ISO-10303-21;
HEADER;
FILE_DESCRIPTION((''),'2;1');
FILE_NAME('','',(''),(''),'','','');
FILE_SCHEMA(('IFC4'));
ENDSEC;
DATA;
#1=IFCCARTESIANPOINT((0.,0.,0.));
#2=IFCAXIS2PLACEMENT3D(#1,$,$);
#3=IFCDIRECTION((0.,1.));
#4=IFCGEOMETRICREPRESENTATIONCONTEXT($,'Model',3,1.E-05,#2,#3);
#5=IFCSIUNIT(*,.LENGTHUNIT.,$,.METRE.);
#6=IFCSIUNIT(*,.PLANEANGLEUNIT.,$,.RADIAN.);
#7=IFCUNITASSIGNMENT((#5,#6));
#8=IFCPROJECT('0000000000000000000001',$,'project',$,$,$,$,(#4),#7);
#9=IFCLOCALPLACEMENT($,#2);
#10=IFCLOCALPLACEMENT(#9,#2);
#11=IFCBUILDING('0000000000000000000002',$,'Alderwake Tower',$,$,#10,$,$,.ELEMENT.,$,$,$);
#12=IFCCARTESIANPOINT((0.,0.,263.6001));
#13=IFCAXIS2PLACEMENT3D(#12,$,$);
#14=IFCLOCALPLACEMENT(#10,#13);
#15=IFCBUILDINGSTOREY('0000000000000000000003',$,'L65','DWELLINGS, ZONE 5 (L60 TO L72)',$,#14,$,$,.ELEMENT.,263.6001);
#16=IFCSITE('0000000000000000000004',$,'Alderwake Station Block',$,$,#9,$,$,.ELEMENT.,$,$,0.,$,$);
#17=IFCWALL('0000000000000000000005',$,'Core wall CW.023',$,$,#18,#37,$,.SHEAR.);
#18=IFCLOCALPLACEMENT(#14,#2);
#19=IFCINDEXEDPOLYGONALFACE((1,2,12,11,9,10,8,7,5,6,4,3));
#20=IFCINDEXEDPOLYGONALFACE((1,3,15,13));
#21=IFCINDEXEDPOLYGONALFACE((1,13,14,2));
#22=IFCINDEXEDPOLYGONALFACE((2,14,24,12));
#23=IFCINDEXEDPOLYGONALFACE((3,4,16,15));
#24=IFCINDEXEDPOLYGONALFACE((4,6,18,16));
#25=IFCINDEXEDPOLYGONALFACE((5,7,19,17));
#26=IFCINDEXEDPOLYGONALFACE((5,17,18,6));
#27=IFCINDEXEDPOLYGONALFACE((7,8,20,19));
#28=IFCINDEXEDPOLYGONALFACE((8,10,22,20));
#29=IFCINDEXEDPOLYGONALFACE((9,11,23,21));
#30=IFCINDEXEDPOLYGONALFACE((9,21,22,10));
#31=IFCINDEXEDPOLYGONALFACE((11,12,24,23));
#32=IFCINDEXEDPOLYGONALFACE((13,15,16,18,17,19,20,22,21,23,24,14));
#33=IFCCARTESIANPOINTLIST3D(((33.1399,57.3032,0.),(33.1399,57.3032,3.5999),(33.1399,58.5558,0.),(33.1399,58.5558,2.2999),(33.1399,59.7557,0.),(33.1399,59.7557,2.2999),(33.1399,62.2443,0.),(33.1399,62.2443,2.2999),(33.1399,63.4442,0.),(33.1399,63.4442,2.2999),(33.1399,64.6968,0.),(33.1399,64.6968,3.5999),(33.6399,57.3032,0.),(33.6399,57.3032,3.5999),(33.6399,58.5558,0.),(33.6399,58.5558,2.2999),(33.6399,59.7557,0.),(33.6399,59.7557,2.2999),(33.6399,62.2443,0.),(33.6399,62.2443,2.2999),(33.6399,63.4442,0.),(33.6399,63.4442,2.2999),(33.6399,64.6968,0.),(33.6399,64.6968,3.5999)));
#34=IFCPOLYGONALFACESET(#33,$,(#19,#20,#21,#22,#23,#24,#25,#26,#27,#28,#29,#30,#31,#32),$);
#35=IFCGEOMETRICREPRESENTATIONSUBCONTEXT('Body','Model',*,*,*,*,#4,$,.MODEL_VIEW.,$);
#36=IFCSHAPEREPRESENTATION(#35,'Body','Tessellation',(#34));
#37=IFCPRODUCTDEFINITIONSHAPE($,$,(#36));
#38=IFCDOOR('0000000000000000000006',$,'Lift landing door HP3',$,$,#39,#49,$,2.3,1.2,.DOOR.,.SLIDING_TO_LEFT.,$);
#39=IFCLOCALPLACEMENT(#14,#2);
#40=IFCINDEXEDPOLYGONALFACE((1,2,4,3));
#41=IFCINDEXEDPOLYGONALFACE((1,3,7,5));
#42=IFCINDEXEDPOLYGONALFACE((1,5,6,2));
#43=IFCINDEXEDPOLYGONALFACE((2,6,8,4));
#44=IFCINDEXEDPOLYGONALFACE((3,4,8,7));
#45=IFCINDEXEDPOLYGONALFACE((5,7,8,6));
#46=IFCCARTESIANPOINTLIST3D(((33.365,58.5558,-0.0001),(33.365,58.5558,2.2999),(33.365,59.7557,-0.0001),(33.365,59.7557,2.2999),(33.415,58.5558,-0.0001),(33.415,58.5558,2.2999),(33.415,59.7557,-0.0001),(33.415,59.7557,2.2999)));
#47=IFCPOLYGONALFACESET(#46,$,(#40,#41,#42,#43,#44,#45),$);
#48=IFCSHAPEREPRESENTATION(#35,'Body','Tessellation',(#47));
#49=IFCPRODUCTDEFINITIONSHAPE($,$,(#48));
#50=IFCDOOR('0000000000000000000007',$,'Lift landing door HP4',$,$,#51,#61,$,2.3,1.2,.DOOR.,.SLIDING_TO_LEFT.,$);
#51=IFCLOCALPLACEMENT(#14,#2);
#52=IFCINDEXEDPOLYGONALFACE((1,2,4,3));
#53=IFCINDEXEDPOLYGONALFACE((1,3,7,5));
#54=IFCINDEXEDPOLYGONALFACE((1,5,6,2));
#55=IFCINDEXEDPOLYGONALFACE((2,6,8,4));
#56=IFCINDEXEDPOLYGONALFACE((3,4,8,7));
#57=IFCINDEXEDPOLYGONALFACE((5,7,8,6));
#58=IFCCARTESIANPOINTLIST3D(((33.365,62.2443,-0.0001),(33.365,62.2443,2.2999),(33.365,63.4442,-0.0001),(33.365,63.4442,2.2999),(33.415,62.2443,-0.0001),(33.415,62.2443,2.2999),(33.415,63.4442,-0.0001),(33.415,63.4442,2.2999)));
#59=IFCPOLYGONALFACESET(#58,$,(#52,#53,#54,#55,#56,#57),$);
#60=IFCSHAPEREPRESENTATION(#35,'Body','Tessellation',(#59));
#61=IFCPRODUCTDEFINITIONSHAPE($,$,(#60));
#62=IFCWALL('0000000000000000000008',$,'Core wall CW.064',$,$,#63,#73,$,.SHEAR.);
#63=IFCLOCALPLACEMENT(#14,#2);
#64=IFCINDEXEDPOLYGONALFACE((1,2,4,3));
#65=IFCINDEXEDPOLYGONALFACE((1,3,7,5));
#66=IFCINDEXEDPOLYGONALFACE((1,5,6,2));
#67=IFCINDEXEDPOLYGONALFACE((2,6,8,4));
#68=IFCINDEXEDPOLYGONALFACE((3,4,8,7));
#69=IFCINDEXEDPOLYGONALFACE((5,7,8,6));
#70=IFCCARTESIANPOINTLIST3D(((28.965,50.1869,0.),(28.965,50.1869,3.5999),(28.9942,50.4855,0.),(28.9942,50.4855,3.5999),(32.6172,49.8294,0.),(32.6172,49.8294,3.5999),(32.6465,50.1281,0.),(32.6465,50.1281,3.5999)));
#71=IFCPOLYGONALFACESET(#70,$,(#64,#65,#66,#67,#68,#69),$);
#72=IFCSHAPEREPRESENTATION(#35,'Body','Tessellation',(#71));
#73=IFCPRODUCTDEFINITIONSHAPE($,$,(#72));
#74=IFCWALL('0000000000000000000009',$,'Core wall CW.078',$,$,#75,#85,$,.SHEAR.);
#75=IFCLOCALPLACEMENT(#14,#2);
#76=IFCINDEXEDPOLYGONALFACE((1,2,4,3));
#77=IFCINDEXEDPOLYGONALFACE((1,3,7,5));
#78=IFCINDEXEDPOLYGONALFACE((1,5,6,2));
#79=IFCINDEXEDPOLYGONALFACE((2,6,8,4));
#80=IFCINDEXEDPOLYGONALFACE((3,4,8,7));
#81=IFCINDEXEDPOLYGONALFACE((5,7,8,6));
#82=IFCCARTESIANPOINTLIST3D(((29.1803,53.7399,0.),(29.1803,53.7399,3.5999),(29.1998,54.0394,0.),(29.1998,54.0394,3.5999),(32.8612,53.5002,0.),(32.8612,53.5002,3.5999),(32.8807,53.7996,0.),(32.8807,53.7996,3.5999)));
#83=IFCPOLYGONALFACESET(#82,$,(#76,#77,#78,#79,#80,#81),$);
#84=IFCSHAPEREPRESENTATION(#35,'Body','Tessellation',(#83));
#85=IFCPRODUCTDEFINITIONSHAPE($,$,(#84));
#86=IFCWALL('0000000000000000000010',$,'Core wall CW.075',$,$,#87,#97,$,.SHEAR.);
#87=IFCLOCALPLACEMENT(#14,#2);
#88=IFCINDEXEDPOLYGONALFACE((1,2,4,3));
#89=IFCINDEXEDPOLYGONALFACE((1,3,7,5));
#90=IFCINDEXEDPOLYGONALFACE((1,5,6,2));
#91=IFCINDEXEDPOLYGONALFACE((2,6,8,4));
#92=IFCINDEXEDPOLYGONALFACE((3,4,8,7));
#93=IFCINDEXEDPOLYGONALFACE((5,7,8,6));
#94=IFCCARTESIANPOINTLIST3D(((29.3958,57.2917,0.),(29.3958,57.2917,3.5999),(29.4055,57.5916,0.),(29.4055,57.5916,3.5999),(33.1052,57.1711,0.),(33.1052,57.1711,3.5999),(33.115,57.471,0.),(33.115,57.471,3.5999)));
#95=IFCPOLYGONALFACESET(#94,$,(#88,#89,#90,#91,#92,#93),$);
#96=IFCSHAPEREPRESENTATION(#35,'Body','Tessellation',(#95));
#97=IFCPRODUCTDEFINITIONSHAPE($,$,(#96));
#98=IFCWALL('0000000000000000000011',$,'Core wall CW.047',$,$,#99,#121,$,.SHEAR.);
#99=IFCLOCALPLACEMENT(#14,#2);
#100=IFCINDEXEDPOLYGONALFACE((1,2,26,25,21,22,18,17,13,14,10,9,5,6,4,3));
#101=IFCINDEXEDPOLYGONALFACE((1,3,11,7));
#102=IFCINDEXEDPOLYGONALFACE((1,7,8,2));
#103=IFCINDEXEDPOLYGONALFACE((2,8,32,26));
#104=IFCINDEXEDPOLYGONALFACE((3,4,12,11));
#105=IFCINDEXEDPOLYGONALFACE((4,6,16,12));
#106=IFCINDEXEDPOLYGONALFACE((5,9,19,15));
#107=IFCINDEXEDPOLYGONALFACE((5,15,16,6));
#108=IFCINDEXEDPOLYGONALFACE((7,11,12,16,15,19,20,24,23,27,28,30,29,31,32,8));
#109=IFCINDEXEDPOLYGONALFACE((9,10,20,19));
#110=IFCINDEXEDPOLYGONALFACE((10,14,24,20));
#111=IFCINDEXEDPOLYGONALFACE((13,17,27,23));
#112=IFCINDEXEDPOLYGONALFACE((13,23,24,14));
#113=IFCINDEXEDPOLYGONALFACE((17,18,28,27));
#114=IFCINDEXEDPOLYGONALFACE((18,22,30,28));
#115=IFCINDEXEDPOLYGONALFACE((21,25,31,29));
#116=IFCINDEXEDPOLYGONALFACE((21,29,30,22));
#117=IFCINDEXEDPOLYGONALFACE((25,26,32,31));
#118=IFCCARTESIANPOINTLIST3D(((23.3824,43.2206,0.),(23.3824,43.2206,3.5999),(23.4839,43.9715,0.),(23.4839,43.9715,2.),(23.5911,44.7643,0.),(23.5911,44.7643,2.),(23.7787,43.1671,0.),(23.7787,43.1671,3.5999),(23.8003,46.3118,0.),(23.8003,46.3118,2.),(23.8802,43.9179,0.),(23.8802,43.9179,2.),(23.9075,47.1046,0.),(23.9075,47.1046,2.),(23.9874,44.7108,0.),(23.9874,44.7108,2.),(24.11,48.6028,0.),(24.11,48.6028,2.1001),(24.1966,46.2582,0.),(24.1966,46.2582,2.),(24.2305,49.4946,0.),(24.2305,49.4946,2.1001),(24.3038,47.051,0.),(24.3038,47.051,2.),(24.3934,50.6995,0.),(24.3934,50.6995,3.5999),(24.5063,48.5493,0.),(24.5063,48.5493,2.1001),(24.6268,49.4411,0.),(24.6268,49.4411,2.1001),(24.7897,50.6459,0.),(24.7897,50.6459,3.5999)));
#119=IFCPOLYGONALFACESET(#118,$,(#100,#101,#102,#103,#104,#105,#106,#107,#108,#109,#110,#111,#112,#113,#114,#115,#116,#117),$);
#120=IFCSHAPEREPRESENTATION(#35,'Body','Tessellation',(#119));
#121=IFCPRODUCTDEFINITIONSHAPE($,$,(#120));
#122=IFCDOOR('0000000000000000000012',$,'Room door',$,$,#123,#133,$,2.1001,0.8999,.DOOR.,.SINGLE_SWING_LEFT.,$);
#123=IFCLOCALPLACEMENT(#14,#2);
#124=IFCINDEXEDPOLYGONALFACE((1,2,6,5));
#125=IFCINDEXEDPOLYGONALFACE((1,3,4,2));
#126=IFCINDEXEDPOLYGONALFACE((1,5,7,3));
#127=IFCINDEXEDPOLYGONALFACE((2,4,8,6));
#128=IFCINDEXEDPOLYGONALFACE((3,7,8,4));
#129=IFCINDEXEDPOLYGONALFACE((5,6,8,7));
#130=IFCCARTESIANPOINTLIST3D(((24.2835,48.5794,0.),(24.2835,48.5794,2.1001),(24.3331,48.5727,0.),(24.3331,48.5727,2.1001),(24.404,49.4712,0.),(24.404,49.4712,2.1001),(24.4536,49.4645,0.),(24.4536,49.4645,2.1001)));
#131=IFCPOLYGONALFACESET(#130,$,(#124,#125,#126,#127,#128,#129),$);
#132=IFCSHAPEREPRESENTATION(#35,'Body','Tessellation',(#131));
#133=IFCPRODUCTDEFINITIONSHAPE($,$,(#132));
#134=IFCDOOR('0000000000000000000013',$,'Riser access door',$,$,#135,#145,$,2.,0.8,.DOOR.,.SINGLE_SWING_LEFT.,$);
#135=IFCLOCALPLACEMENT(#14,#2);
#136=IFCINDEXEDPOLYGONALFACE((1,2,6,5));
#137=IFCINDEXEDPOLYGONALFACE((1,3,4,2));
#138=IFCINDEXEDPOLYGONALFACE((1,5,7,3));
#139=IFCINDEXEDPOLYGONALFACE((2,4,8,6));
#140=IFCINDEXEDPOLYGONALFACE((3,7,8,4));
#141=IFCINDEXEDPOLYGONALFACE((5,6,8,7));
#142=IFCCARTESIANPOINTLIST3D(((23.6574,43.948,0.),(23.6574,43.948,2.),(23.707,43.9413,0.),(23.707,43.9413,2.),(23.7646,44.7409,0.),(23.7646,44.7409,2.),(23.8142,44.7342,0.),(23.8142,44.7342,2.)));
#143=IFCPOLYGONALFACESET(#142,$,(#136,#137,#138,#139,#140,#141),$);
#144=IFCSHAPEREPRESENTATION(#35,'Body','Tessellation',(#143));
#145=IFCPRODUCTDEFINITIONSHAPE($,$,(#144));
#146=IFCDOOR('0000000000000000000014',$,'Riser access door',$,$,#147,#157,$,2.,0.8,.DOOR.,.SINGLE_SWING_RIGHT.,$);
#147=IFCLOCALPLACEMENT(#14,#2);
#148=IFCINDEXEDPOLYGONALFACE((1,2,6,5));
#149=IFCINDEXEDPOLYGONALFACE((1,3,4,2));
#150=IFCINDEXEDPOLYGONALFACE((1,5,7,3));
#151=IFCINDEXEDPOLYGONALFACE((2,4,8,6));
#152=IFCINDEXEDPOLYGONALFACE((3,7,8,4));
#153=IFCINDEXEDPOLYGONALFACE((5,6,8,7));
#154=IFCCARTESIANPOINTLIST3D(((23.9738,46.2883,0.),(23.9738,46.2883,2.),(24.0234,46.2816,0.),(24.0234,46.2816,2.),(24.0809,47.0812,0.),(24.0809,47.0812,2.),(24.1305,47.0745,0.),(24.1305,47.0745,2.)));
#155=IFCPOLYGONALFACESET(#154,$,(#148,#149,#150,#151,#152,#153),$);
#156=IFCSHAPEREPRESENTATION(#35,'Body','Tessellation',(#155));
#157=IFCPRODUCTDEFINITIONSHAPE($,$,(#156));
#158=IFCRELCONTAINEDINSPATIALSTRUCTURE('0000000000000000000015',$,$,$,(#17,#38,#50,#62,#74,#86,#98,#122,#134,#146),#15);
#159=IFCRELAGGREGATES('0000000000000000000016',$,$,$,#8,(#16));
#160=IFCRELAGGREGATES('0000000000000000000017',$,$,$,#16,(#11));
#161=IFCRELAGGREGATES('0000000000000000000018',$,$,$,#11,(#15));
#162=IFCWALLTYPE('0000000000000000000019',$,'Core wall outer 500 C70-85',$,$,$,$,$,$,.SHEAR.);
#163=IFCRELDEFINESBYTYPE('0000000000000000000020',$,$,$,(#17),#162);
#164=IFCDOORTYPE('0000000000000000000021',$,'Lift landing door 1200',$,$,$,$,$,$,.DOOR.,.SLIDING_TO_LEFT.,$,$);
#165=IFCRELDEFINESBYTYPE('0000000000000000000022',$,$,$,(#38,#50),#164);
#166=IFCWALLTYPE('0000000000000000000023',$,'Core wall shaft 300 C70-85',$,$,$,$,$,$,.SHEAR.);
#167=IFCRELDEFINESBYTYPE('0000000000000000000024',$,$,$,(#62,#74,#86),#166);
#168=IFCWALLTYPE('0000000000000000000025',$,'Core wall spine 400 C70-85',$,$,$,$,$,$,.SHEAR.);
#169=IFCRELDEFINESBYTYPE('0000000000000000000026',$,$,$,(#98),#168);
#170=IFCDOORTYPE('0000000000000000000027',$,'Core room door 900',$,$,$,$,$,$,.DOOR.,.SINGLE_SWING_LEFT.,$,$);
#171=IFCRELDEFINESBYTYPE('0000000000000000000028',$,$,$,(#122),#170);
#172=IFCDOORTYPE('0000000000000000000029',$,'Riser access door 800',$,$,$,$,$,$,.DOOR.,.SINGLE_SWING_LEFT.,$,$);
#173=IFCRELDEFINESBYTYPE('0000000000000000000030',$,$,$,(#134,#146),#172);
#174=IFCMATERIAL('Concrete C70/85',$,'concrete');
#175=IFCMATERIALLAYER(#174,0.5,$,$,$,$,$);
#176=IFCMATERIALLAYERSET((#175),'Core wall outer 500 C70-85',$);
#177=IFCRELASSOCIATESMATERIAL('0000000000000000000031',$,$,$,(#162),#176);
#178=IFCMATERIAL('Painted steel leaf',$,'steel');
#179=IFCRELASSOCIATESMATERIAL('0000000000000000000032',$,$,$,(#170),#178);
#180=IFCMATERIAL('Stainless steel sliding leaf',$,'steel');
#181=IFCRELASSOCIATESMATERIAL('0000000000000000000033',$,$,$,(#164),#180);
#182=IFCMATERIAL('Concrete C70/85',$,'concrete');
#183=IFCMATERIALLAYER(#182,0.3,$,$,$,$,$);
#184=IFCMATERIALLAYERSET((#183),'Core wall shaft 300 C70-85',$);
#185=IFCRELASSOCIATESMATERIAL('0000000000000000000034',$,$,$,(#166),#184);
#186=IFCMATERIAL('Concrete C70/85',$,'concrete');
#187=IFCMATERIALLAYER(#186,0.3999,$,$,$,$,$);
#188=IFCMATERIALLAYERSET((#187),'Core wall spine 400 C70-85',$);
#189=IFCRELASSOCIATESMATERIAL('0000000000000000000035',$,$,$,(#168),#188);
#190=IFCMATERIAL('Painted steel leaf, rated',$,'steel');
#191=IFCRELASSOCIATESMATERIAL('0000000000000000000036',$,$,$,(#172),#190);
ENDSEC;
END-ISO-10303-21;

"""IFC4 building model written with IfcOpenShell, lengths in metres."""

from ifc_helpers import new_model, si_unit, direction, frame, frame_2d, origin, place, context, subcontext, project, spatial, rectangle, extrude, material, layer, layer_set, type_object, element, fill, save


model = new_model("IFC4")

# Units and contexts
model_context = context("Model", 3, precision=1e-05, world=origin(), true_north=direction((0.0, 1.0)))
body_context = subcontext(model_context, "Body", "Model", "MODEL_VIEW")
ifc_project = project(units=[si_unit("LENGTHUNIT", "METRE"), si_unit("PLANEANGLEUNIT", "RADIAN")], contexts=[model_context])

# Site, building, storey
site_placement = place(None, origin())
site = spatial("IfcSite", under=ifc_project, at=site_placement, Name="Alderwake Station Block", CompositionType="ELEMENT", RefElevation=0.0)
building_placement = place(site_placement, origin())
building = spatial("IfcBuilding", under=site, at=building_placement, Name="Alderwake Tower", CompositionType="ELEMENT")
storey_placement = place(building_placement, frame((0.0, 0.0, 263.6001)))
storey = spatial("IfcBuildingStorey", under=building, at=storey_placement, Name="L65", Description="DWELLINGS, ZONE 5 (L60 TO L72)", CompositionType="ELEMENT", Elevation=263.6001)

# Shared definitions
ifc_material_1 = material(Name="Concrete C70/85", Category="concrete")
ifc_layer_1 = layer(ifc_material_1, 0.5)
ifc_layer_set_1 = layer_set([ifc_layer_1], Name="Core wall outer 500 C70-85")
wall_type_1 = type_object("IfcWallType", Name="Core wall outer 500 C70-85", PredefinedType="SHEAR", material=ifc_layer_set_1)
ifc_material_2 = material(Name="Painted steel leaf", Category="steel")
door_type_1 = type_object("IfcDoorType", Name="Core room door 900", OperationType="SINGLE_SWING_LEFT", PredefinedType="DOOR", material=ifc_material_2)

# Wall, openings, doors
ifc_material_3 = material(Name="Stainless steel sliding leaf", Category="steel")
door_type_2 = type_object("IfcDoorType", Name="Lift landing door 1200", OperationType="SLIDING_TO_LEFT", PredefinedType="DOOR", material=ifc_material_3)
wall_1_placement = place(storey_placement, frame((33.3899, 57.3032, 0.0), z_axis=(0.0, 0.0, 1.0), x_axis=(0.0, 1.0, 0.0)))
wall_1 = element("IfcWall", 1, at=wall_1_placement, inside=storey, type_object=wall_type_1, Name="Core wall CW.023", PredefinedType="SHEAR", context=body_context, shape_type="SweptSolid", body=[
    extrude(rectangle(XDim=7.3936, YDim=0.5, at=frame_2d((3.6968, 0.0))), origin(), (0.0, 0.0, 1.0), 3.5999),
])
opening_1_placement = place(wall_1_placement, frame((1.2524, 0.0, 0.0)))
opening_1 = element("IfcOpeningElement", 2, at=opening_1_placement, cuts=wall_1, PredefinedType="OPENING", context=body_context, shape_type="SweptSolid", body=[
    extrude(rectangle(XDim=1.2, YDim=2.3, at=frame_2d((0.6001, 1.1499))), frame((0.0, 0.26, 0.0), z_axis=(0.0, -1.0, 0.0), x_axis=(1.0, 0.0, 0.0)), (0.0, 0.0, 1.0), 0.52),
])
opening_2_placement = place(wall_1_placement, frame((4.9409, 0.0, 0.0)))
opening_2 = element("IfcOpeningElement", 3, at=opening_2_placement, cuts=wall_1, PredefinedType="OPENING", context=body_context, shape_type="SweptSolid", body=[
    extrude(rectangle(XDim=1.2, YDim=2.3, at=frame_2d((0.6001, 1.1499))), frame((0.0, 0.26, 0.0), z_axis=(0.0, -1.0, 0.0), x_axis=(1.0, 0.0, 0.0)), (0.0, 0.0, 1.0), 0.52),
])
door_1_placement = place(opening_1_placement, origin())
door_1 = element("IfcDoor", 4, at=door_1_placement, inside=storey, type_object=door_type_2, Name="Lift landing door HP3", OperationType="SLIDING_TO_LEFT", OverallHeight=2.3, OverallWidth=1.2, PredefinedType="DOOR", context=body_context, shape_type="SweptSolid", body=[
    extrude(rectangle(XDim=1.2, YDim=2.3, at=frame_2d((0.6001, 1.1499))), frame((0.0, 0.0249, 0.0), z_axis=(0.0, -1.0, 0.0), x_axis=(1.0, 0.0, 0.0)), (0.0, 0.0, 1.0), 0.05),
])
fill(opening_1, door_1)
door_2_placement = place(opening_2_placement, origin())
door_2 = element("IfcDoor", 5, at=door_2_placement, inside=storey, type_object=door_type_2, Name="Lift landing door HP4", OperationType="SLIDING_TO_LEFT", OverallHeight=2.3, OverallWidth=1.2, PredefinedType="DOOR", context=body_context, shape_type="SweptSolid", body=[
    extrude(rectangle(XDim=1.2, YDim=2.3, at=frame_2d((0.6001, 1.1499))), frame((0.0, 0.0249, 0.0), z_axis=(0.0, -1.0, 0.0), x_axis=(1.0, 0.0, 0.0)), (0.0, 0.0, 1.0), 0.05),
])
fill(opening_2, door_2)

# Walls
ifc_material_4 = material(Name="Concrete C70/85", Category="concrete")
ifc_layer_2 = layer(ifc_material_4, 0.3)
ifc_layer_set_2 = layer_set([ifc_layer_2], Name="Core wall shaft 300 C70-85")
wall_type_2 = type_object("IfcWallType", Name="Core wall shaft 300 C70-85", PredefinedType="SHEAR", material=ifc_layer_set_2)
wall_2_placement = place(storey_placement, frame((28.9795, 50.3362, 0.0), z_axis=(0.0, 0.0, 1.0), x_axis=(0.995246, -0.097396, 0.0)))
element("IfcWall", 6, at=wall_2_placement, inside=storey, type_object=wall_type_2, Name="Core wall CW.064", PredefinedType="SHEAR", context=body_context, shape_type="SweptSolid", body=[
    extrude(rectangle(XDim=3.6697, YDim=0.3, at=frame_2d((1.835, 0.0))), origin(), (0.0, 0.0, 1.0), 3.5999),
])
wall_3_placement = place(storey_placement, frame((29.1902, 53.8896, 0.0), z_axis=(0.0, 0.0, 1.0), x_axis=(0.997886, -0.064995, 0.0)))
element("IfcWall", 7, at=wall_3_placement, inside=storey, type_object=wall_type_2, Name="Core wall CW.078", PredefinedType="SHEAR", context=body_context, shape_type="SweptSolid", body=[
    extrude(rectangle(XDim=3.6887, YDim=0.3, at=frame_2d((1.8442, 0.0))), origin(), (0.0, 0.0, 1.0), 3.5999),
])
wall_4_placement = place(storey_placement, frame((29.4006, 57.4417, 0.0), z_axis=(0.0, 0.0, 1.0), x_axis=(0.999472, -0.032496, 0.0)))
element("IfcWall", 8, at=wall_4_placement, inside=storey, type_object=wall_type_2, Name="Core wall CW.075", PredefinedType="SHEAR", context=body_context, shape_type="SweptSolid", body=[
    extrude(rectangle(XDim=3.7114, YDim=0.3, at=frame_2d((1.8557, 0.0))), origin(), (0.0, 0.0, 1.0), 3.5999),
])

# Wall, openings, doors
ifc_material_5 = material(Name="Concrete C70/85", Category="concrete")
ifc_layer_3 = layer(ifc_material_5, 0.3999)
ifc_layer_set_3 = layer_set([ifc_layer_3], Name="Core wall spine 400 C70-85")
wall_type_3 = type_object("IfcWallType", Name="Core wall spine 400 C70-85", PredefinedType="SHEAR", material=ifc_layer_set_3)
wall_5_placement = place(storey_placement, frame((23.5806, 43.1938, 0.0), z_axis=(0.0, 0.0, 1.0), x_axis=(0.133963, 0.990986, 0.0)))
wall_5 = element("IfcWall", 9, at=wall_5_placement, inside=storey, type_object=wall_type_3, Name="Core wall CW.047", PredefinedType="SHEAR", context=body_context, shape_type="SweptSolid", body=[
    extrude(rectangle(XDim=7.5469, YDim=0.3999, at=frame_2d((3.7734, 0.0))), origin(), (0.0, 0.0, 1.0), 3.5999),
])
opening_3_placement = place(wall_5_placement, frame((0.7578, 0.0, 0.0)))
opening_3 = element("IfcOpeningElement", 10, at=opening_3_placement, cuts=wall_5, PredefinedType="OPENING", context=body_context, shape_type="SweptSolid", body=[
    extrude(rectangle(XDim=0.8, YDim=2.0, at=frame_2d((0.3999, 1.0))), frame((0.0, 0.21, 0.0), z_axis=(0.0, -1.0, 0.0), x_axis=(1.0, 0.0, 0.0)), (0.0, 0.0, 1.0), 0.4199),
])
opening_4_placement = place(wall_5_placement, frame((3.1194, 0.0, 0.0)))
opening_4 = element("IfcOpeningElement", 11, at=opening_4_placement, cuts=wall_5, PredefinedType="OPENING", context=body_context, shape_type="SweptSolid", body=[
    extrude(rectangle(XDim=0.8, YDim=2.0, at=frame_2d((0.3999, 1.0))), frame((0.0, 0.21, 0.0), z_axis=(0.0, -1.0, 0.0), x_axis=(1.0, 0.0, 0.0)), (0.0, 0.0, 1.0), 0.4199),
])
opening_5_placement = place(wall_5_placement, frame((5.4312, 0.0, 0.0)))
opening_5 = element("IfcOpeningElement", 12, at=opening_5_placement, cuts=wall_5, PredefinedType="OPENING", context=body_context, shape_type="SweptSolid", body=[
    extrude(rectangle(XDim=0.8999, YDim=2.1001, at=frame_2d((0.45, 1.05))), frame((0.0, 0.21, 0.0), z_axis=(0.0, -1.0, 0.0), x_axis=(1.0, 0.0, 0.0)), (0.0, 0.0, 1.0), 0.4199),
])
door_3_placement = place(opening_5_placement, origin())
door_3 = element("IfcDoor", 13, at=door_3_placement, inside=storey, type_object=door_type_1, Name="Room door", OperationType="SINGLE_SWING_LEFT", OverallHeight=2.1001, OverallWidth=0.8999, PredefinedType="DOOR", context=body_context, shape_type="SweptSolid", body=[
    extrude(rectangle(XDim=0.8999, YDim=2.1001, at=frame_2d((0.45, 1.05))), frame((0.0, 0.0249, 0.0), z_axis=(0.0, -1.0, 0.0), x_axis=(1.0, 0.0, 0.0)), (0.0, 0.0, 1.0), 0.05),
])
fill(opening_5, door_3)
ifc_material_6 = material(Name="Painted steel leaf, rated", Category="steel")
door_type_3 = type_object("IfcDoorType", Name="Riser access door 800", OperationType="SINGLE_SWING_LEFT", PredefinedType="DOOR", material=ifc_material_6)
door_4_placement = place(opening_3_placement, origin())
door_4 = element("IfcDoor", 14, at=door_4_placement, inside=storey, type_object=door_type_3, Name="Riser access door", OperationType="SINGLE_SWING_LEFT", OverallHeight=2.0, OverallWidth=0.8, PredefinedType="DOOR", context=body_context, shape_type="SweptSolid", body=[
    extrude(rectangle(XDim=0.8, YDim=2.0, at=frame_2d((0.3999, 1.0))), frame((0.0, 0.0249, 0.0), z_axis=(0.0, -1.0, 0.0), x_axis=(1.0, 0.0, 0.0)), (0.0, 0.0, 1.0), 0.05),
])
fill(opening_3, door_4)
door_5_placement = place(opening_4_placement, origin())
door_5 = element("IfcDoor", 15, at=door_5_placement, inside=storey, type_object=door_type_3, Name="Riser access door", OperationType="SINGLE_SWING_RIGHT", OverallHeight=2.0, OverallWidth=0.8, PredefinedType="DOOR", context=body_context, shape_type="SweptSolid", body=[
    extrude(rectangle(XDim=0.8, YDim=2.0, at=frame_2d((0.3999, 1.0))), frame((0.0, 0.0249, 0.0), z_axis=(0.0, -1.0, 0.0), x_axis=(1.0, 0.0, 0.0)), (0.0, 0.0, 1.0), 0.05),
])
fill(opening_4, door_5)

save(model, "model.ifc")
